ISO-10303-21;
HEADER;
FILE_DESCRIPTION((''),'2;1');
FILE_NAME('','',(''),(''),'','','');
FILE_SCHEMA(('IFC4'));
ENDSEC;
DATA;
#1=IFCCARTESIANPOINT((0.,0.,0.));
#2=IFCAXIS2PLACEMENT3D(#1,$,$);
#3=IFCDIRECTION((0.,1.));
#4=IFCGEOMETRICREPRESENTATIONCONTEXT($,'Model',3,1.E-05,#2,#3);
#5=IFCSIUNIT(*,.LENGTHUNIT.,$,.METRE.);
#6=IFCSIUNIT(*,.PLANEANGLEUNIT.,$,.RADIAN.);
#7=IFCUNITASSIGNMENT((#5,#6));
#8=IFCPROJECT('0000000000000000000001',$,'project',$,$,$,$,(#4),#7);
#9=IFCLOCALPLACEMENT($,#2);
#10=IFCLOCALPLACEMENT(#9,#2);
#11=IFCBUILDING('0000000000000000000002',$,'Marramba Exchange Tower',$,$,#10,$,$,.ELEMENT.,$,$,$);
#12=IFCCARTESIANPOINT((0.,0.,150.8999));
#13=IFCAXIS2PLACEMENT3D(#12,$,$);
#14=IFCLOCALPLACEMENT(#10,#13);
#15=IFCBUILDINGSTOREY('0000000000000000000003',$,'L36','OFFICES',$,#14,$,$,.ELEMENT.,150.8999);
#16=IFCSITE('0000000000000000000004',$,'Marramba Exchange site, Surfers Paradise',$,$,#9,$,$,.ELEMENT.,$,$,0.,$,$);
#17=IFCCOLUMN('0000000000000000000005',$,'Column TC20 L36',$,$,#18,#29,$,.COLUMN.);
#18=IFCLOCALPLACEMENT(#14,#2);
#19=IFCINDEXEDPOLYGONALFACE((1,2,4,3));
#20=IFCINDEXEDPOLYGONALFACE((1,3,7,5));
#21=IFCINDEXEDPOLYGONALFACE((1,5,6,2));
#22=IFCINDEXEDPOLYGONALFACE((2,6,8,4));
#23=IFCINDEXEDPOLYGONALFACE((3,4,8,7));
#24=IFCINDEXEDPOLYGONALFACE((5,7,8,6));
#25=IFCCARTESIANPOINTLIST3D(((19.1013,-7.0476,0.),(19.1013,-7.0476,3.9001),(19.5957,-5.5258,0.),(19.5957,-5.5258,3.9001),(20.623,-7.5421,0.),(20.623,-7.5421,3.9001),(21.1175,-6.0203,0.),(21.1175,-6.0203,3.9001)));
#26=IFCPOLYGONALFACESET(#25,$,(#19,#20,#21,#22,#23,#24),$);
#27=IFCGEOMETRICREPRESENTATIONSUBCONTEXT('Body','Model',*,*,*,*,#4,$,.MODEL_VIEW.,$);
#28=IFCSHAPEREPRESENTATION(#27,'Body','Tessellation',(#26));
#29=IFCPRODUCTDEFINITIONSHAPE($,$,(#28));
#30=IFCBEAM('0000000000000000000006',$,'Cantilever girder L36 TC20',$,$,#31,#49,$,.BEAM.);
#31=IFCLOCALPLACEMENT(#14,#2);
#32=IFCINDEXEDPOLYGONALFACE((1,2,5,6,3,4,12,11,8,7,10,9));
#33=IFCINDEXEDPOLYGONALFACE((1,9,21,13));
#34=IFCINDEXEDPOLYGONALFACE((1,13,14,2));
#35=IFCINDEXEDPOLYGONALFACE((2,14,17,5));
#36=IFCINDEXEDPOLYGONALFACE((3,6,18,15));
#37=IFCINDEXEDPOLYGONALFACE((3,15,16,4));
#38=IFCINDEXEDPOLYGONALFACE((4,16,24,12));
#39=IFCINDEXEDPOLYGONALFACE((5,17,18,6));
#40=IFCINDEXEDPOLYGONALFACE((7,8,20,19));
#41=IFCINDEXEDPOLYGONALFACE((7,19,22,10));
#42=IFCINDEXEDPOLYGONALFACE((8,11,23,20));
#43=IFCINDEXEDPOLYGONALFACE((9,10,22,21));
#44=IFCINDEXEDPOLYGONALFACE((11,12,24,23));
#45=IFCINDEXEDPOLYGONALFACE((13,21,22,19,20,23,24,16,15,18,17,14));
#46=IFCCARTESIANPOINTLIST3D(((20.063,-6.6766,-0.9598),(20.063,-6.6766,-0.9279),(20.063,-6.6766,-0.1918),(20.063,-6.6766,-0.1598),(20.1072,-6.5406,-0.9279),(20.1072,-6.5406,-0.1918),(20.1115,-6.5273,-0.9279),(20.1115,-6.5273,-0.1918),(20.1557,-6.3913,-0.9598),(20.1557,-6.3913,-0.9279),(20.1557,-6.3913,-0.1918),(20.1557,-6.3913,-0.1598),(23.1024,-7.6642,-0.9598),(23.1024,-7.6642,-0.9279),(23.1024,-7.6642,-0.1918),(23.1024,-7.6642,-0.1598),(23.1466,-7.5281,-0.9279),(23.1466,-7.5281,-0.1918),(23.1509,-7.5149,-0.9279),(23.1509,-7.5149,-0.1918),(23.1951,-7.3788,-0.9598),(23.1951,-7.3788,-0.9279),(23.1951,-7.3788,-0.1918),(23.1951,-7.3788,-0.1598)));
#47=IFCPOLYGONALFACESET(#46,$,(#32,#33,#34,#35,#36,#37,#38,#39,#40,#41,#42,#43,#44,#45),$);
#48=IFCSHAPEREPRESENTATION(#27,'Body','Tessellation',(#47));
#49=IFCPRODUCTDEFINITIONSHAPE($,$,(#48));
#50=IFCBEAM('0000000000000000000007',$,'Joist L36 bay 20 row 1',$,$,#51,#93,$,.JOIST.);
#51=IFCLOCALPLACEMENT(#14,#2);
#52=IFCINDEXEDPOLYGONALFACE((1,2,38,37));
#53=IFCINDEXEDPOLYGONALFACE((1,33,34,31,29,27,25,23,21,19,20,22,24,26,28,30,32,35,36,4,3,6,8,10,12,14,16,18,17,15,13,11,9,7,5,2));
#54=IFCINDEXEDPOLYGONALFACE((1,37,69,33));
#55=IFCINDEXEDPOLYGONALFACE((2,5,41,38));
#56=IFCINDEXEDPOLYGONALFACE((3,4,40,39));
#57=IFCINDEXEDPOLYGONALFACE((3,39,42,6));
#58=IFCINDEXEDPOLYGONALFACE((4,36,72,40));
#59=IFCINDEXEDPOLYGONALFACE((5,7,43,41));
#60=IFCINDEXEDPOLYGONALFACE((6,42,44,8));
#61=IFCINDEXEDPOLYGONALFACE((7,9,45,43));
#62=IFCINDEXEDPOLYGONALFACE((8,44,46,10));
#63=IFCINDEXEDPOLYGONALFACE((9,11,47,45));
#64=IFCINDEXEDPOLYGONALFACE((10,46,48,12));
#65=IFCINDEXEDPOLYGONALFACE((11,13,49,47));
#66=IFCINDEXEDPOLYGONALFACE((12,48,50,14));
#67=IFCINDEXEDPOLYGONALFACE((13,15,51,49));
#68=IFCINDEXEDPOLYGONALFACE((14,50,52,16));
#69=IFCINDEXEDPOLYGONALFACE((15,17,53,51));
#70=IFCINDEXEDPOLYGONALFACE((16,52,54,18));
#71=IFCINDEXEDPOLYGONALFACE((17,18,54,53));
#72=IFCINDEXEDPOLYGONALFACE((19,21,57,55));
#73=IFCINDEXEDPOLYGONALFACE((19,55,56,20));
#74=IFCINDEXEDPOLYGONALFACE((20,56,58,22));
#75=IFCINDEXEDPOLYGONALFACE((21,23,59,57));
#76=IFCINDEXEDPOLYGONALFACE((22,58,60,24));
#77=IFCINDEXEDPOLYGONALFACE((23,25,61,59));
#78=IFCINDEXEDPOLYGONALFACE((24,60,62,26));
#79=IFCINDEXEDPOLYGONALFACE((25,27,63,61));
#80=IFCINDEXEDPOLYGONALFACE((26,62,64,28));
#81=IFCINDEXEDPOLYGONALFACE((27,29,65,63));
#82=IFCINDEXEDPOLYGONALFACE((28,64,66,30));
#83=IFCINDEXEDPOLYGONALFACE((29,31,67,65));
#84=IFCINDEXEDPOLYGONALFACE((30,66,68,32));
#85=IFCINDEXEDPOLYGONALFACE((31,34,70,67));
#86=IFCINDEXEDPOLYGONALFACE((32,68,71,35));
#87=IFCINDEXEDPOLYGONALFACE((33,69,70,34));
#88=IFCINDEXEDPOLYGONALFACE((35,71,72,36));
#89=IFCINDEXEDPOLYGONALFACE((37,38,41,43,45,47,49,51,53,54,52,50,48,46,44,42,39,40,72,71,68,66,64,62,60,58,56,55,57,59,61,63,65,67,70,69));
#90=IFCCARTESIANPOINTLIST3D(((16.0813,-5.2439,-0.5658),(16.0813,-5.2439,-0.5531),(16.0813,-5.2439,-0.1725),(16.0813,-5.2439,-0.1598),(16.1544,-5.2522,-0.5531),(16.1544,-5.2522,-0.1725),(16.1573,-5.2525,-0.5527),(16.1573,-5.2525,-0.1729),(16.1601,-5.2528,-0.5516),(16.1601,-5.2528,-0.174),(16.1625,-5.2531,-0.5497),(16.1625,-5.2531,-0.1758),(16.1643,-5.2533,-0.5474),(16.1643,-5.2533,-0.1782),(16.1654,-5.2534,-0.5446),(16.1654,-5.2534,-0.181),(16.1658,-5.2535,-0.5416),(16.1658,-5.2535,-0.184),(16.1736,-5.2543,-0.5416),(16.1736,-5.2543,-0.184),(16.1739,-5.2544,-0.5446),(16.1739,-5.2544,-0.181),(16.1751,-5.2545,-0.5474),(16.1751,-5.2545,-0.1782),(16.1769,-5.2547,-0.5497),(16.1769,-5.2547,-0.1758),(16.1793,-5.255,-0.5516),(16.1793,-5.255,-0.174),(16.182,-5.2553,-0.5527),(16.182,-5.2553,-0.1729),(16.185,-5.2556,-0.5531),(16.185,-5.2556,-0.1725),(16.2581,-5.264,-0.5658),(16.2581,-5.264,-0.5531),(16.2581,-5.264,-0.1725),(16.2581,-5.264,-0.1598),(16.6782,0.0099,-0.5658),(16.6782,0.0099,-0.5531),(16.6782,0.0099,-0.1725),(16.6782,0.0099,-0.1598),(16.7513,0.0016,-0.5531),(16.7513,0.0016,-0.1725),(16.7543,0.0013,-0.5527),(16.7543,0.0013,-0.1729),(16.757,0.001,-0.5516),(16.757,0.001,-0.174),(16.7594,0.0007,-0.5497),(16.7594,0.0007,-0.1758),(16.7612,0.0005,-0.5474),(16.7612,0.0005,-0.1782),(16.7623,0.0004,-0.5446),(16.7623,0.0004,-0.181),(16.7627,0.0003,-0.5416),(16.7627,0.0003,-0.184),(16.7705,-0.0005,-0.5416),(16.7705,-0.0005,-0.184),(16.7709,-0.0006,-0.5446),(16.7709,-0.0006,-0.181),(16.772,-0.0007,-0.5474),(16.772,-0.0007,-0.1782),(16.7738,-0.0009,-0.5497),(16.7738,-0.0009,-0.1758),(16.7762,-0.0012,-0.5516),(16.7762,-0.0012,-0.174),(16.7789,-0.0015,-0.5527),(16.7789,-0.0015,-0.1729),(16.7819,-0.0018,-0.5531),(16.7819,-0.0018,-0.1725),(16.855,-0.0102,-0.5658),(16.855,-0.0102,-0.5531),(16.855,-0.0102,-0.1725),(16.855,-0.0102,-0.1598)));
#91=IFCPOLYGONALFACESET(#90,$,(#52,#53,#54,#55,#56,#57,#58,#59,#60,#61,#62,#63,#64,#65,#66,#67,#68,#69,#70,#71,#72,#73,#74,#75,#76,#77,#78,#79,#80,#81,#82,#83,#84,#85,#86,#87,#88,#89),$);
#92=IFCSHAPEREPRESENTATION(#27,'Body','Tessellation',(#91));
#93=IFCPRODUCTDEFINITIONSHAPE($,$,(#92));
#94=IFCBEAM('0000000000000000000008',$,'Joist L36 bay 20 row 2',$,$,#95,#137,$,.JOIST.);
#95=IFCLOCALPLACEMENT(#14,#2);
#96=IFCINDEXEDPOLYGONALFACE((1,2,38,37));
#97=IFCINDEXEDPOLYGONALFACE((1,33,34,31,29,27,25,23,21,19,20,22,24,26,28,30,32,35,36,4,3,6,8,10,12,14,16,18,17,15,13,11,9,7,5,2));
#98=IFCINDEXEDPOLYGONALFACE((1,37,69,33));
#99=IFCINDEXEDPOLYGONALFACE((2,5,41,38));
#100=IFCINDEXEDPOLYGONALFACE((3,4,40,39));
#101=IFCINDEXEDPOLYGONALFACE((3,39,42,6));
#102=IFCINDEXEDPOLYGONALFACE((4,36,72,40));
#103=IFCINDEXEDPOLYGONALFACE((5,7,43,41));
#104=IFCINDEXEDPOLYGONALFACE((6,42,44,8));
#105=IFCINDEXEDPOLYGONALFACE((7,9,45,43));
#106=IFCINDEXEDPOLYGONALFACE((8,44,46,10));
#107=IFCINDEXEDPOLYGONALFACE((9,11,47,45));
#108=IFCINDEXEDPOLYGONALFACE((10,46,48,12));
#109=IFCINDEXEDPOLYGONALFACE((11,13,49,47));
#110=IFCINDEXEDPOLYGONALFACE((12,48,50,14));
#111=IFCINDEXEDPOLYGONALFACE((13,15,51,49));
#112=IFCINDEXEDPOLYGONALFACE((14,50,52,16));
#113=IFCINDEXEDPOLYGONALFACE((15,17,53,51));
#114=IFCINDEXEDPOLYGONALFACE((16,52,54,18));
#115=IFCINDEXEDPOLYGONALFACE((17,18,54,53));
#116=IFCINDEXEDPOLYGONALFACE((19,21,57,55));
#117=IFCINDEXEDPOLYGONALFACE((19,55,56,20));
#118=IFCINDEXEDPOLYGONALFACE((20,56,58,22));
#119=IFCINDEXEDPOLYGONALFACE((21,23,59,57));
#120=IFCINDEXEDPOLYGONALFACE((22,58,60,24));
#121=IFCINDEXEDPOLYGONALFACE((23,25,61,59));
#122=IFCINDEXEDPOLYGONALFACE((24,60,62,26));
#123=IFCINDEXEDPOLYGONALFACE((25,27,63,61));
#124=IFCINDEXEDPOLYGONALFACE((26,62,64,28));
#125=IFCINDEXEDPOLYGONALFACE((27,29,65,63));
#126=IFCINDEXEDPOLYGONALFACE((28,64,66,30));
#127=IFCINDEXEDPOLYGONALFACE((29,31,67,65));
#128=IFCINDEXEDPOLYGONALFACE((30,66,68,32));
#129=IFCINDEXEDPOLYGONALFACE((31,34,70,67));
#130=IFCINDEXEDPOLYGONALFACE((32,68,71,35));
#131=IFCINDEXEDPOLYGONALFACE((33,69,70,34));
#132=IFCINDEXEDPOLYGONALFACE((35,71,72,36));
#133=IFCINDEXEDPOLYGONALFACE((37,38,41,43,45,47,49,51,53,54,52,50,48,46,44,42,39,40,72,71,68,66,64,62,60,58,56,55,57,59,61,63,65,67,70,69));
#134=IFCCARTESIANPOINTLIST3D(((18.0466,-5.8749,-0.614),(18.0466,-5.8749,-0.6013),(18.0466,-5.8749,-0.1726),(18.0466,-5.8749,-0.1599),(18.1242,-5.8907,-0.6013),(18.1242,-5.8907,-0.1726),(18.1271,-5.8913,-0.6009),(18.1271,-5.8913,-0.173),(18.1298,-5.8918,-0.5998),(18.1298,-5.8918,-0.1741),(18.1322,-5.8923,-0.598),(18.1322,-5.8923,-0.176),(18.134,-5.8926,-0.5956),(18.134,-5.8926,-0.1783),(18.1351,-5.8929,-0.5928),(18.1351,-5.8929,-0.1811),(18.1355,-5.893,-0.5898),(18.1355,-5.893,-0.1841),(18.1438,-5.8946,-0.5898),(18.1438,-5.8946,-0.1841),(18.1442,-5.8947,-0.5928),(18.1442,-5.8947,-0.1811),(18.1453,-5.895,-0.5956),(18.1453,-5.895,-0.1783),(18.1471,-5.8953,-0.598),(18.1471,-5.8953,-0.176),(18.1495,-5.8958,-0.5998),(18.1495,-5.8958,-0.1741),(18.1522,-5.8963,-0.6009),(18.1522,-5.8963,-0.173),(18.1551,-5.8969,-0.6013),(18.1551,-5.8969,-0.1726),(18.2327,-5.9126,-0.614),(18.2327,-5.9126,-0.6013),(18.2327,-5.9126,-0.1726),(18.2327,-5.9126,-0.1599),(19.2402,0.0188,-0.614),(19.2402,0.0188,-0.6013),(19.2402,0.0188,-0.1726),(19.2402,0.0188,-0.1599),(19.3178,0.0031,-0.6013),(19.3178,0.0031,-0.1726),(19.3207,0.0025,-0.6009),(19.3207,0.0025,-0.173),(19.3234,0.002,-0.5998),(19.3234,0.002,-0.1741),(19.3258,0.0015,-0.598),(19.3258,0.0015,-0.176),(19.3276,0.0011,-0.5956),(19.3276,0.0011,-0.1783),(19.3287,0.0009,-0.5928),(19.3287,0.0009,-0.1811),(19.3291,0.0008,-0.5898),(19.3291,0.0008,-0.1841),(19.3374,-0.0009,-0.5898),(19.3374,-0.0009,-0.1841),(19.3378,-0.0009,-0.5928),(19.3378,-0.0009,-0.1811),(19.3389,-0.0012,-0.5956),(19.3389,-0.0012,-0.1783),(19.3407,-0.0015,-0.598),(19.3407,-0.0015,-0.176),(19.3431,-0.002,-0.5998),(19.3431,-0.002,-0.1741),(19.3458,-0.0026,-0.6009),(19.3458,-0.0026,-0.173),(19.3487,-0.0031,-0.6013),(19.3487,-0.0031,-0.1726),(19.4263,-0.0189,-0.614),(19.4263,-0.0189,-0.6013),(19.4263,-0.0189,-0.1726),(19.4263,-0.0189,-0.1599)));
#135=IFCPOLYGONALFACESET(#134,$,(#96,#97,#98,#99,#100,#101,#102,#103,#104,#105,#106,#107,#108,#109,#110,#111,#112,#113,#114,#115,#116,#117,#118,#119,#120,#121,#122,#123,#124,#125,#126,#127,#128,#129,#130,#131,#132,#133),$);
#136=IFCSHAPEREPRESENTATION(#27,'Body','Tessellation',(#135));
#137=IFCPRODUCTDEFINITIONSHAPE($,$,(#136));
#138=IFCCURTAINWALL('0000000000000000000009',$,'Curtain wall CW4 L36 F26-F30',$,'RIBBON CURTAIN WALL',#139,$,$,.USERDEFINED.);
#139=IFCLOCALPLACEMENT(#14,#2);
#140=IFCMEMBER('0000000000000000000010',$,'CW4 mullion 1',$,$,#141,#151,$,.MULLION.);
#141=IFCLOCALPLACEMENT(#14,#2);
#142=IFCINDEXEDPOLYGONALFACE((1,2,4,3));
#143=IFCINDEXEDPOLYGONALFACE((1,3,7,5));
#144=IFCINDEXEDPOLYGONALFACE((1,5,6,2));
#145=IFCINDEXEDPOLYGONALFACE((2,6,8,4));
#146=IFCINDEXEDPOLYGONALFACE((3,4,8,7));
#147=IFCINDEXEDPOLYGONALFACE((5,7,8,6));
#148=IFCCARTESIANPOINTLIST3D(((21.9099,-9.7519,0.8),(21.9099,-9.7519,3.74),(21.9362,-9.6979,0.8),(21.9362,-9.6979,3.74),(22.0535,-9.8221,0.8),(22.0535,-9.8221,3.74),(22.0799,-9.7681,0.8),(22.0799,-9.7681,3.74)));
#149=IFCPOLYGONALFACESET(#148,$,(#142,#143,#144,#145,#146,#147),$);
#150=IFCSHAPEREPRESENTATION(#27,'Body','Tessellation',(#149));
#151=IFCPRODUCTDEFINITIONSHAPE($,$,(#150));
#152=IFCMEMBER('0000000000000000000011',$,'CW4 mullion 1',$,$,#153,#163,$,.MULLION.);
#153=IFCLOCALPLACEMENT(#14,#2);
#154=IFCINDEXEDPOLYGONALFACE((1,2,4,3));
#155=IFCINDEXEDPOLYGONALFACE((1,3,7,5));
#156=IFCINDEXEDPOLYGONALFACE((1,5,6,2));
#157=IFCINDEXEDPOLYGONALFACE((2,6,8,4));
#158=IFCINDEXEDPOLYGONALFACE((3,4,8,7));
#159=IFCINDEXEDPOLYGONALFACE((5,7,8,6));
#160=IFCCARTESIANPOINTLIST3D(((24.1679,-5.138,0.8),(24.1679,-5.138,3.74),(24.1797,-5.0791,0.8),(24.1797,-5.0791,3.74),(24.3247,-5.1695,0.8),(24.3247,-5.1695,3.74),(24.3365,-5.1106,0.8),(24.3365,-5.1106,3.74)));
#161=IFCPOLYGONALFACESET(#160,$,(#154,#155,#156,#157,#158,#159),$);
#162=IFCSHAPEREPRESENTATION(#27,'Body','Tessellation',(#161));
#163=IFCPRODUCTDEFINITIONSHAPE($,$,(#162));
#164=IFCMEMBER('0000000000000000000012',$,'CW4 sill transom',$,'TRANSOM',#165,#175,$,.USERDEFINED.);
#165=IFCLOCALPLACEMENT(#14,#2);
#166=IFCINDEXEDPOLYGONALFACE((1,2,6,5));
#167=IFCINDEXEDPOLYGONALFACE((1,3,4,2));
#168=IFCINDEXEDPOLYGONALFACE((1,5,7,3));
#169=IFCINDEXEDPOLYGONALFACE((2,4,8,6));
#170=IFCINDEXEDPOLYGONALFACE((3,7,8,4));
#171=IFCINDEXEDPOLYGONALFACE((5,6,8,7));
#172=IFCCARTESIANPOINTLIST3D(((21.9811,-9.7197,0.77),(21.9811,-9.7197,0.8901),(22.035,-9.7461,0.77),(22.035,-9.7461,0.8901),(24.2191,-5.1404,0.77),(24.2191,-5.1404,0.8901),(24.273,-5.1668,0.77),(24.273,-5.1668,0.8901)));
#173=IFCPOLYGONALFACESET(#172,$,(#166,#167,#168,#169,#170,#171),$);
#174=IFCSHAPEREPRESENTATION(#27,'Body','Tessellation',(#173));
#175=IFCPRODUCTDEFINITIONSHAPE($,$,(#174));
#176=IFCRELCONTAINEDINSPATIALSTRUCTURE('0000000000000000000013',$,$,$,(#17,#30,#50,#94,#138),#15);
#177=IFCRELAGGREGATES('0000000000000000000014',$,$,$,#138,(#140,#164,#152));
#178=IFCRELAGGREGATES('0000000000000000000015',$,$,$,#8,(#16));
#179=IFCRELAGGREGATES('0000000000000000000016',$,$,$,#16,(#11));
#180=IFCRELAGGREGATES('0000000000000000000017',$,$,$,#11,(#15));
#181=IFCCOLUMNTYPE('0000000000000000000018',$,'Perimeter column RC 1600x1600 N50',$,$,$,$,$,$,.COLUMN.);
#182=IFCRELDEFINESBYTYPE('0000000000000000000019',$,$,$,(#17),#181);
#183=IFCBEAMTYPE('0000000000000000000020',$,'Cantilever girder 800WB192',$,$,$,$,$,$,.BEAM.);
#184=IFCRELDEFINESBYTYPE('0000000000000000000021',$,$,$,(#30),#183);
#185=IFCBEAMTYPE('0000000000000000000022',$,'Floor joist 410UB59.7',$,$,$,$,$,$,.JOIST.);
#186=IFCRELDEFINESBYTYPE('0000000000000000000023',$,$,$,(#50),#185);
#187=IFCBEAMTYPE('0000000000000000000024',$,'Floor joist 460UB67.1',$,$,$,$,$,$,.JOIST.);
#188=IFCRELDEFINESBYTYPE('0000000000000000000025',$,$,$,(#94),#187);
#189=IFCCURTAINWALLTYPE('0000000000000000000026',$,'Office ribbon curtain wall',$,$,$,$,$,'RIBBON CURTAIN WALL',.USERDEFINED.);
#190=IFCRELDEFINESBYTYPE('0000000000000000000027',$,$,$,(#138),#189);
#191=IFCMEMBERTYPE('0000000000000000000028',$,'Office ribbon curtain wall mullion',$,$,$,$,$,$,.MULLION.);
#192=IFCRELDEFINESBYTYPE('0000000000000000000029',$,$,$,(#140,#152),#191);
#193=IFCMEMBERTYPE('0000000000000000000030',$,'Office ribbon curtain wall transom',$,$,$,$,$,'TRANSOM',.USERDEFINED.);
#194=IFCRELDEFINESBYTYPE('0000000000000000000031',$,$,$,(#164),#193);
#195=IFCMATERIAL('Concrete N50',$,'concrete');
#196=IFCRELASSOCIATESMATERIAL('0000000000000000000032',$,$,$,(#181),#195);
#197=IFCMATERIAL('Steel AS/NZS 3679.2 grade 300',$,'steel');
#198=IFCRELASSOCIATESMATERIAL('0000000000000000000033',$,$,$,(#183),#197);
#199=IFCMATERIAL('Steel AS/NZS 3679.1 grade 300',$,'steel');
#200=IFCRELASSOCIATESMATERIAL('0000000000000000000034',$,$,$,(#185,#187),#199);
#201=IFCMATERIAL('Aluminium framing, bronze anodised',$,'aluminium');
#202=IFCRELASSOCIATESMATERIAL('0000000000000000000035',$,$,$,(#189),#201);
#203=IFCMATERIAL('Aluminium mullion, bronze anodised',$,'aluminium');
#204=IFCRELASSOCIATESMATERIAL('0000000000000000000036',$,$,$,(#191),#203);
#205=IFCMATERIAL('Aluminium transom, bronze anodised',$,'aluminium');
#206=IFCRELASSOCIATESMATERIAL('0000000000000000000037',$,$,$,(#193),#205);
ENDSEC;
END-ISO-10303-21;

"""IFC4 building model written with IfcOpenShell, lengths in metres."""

from ifc_helpers import new_model, si_unit, direction, frame, origin, origin_2d, place, context, subcontext, project, spatial, rectangle, i_section, extrude, material, material_profile, profile_set, type_object, element, aggregate, save


model = new_model("IFC4")

# Units and contexts
model_context = context("Model", 3, precision=1e-05, world=origin(), true_north=direction((0.0, 1.0)))
body_context = subcontext(model_context, "Body", "Model", "MODEL_VIEW")
ifc_project = project(units=[si_unit("LENGTHUNIT", "METRE"), si_unit("PLANEANGLEUNIT", "RADIAN")], contexts=[model_context])

# Site, building, storey
site_placement = place(None, origin())
site = spatial("IfcSite", under=ifc_project, at=site_placement, Name="Marramba Exchange site, Surfers Paradise", CompositionType="ELEMENT", RefElevation=0.0)
building_placement = place(site_placement, origin())
building = spatial("IfcBuilding", under=site, at=building_placement, Name="Marramba Exchange Tower", CompositionType="ELEMENT")
storey_placement = place(building_placement, frame((0.0, 0.0, 150.8999)))
storey = spatial("IfcBuildingStorey", under=building, at=storey_placement, Name="L36", Description="OFFICES", CompositionType="ELEMENT", Elevation=150.8999)

# Column
ifc_material_1 = material(Name="Concrete N50", Category="concrete")
ifc_material_profile_1 = material_profile(ifc_material_1, rectangle(XDim=1.6001, YDim=1.6001, at=origin_2d()), Name="RC 1600x1600")
ifc_profile_set_1 = profile_set([ifc_material_profile_1], Name="Concrete N50")
column_type = type_object("IfcColumnType", Name="Perimeter column RC 1600x1600 N50", PredefinedType="COLUMN", material=ifc_profile_set_1)
column_placement = place(storey_placement, frame((20.1094, -6.5339, 0.0), z_axis=(0.0, 0.0, 1.0), x_axis=(0.951057, -0.309017, 0.0)))
element("IfcColumn", 1, at=column_placement, inside=storey, type_object=column_type, Name="Column TC20 L36", PredefinedType="COLUMN", context=body_context, shape_type="SweptSolid", body=[
    extrude(rectangle(XDim=1.6001, YDim=1.6001, at=origin_2d()), origin(), (0.0, 0.0, 1.0), 3.9001),
])

# Beams
ifc_material_2 = material(Name="Steel AS/NZS 3679.2 grade 300", Category="steel")
ifc_material_profile_2 = material_profile(ifc_material_2, i_section(OverallWidth=0.3, OverallDepth=0.8, WebThickness=0.0139, FlangeThickness=0.032, at=origin_2d()), Name="800WB192")
ifc_profile_set_2 = profile_set([ifc_material_profile_2], Name="Steel AS/NZS 3679.2 grade 300")
beam_type_1 = type_object("IfcBeamType", Name="Cantilever girder 800WB192", PredefinedType="BEAM", material=ifc_profile_set_2)
beam_1_placement = place(storey_placement, frame((20.1094, -6.5339, -0.5598), z_axis=(0.951055, -0.309022, 0.0), x_axis=(0.309022, 0.951055, 0.0)))
element("IfcBeam", 2, at=beam_1_placement, inside=storey, type_object=beam_type_1, Name="Cantilever girder L36 TC20", PredefinedType="BEAM", context=body_context, shape_type="SweptSolid", body=[
    extrude(i_section(OverallWidth=0.3, OverallDepth=0.8, WebThickness=0.0139, FlangeThickness=0.032, at=origin_2d()), origin(), (0.0, 0.0, 1.0), 3.1958),
])
ifc_material_3 = material(Name="Steel AS/NZS 3679.1 grade 300", Category="steel")
ifc_material_profile_3 = material_profile(ifc_material_3, i_section(OverallWidth=0.178, OverallDepth=0.406, WebThickness=0.0078, FlangeThickness=0.0127, FilletRadius=0.0115, at=origin_2d()), Name="410UB59.7")
ifc_profile_set_3 = profile_set([ifc_material_profile_3], Name="Steel AS/NZS 3679.1 grade 300")
beam_type_2 = type_object("IfcBeamType", Name="Floor joist 410UB59.7", PredefinedType="JOIST", material=ifc_profile_set_3)
beam_2_placement = place(storey_placement, frame((16.1697, -5.2539, -0.3628), z_axis=(0.112889, 0.993608, 0.0), x_axis=(-0.993608, 0.112889, 0.0)))
element("IfcBeam", 3, at=beam_2_placement, inside=storey, type_object=beam_type_2, Name="Joist L36 bay 20 row 1", PredefinedType="JOIST", context=body_context, shape_type="SweptSolid", body=[
    extrude(i_section(OverallWidth=0.178, OverallDepth=0.406, WebThickness=0.0078, FlangeThickness=0.0127, FilletRadius=0.0115, at=origin_2d()), origin(), (0.0, 0.0, 1.0), 5.2876),
])
ifc_material_profile_4 = material_profile(ifc_material_3, i_section(OverallWidth=0.1899, OverallDepth=0.4541, WebThickness=0.0085, FlangeThickness=0.0127, FilletRadius=0.0115, at=origin_2d()), Name="460UB67.1")
ifc_profile_set_4 = profile_set([ifc_material_profile_4], Name="Steel AS/NZS 3679.1 grade 300")
beam_type_3 = type_object("IfcBeamType", Name="Floor joist 460UB67.1", PredefinedType="JOIST", material=ifc_profile_set_4)
beam_3_placement = place(storey_placement, frame((18.1396, -5.8938, -0.387), z_axis=(0.198489, 0.980103, 0.0), x_axis=(-0.980103, 0.198489, 0.0)))
element("IfcBeam", 4, at=beam_3_placement, inside=storey, type_object=beam_type_3, Name="Joist L36 bay 20 row 2", PredefinedType="JOIST", context=body_context, shape_type="SweptSolid", body=[
    extrude(i_section(OverallWidth=0.1899, OverallDepth=0.4541, WebThickness=0.0085, FlangeThickness=0.0127, FilletRadius=0.0115, at=origin_2d()), origin(), (0.0, 0.0, 1.0), 6.0134),
])

# Curtain wall, members
ifc_material_4 = material(Name="Aluminium framing, bronze anodised", Category="aluminium")
curtain_wall_type = type_object("IfcCurtainWallType", Name="Office ribbon curtain wall", ElementType="RIBBON CURTAIN WALL", PredefinedType="USERDEFINED", material=ifc_material_4)
curtain_wall_placement = place(storey_placement, origin())
curtain_wall = element("IfcCurtainWall", 5, at=curtain_wall_placement, inside=storey, type_object=curtain_wall_type, Name="Curtain wall CW4 L36 F26-F30", ObjectType="RIBBON CURTAIN WALL", PredefinedType="USERDEFINED")
ifc_material_5 = material(Name="Aluminium mullion, bronze anodised", Category="aluminium")
ifc_material_profile_5 = material_profile(ifc_material_5, rectangle(XDim=0.1599, YDim=0.0601, at=origin_2d()), Name="CW4 mullion 60x160")
ifc_profile_set_5 = profile_set([ifc_material_profile_5], Name="Aluminium mullion, bronze anodised")
member_type_1 = type_object("IfcMemberType", Name="Office ribbon curtain wall mullion", PredefinedType="MULLION", material=ifc_profile_set_5)
member_1_placement = place(storey_placement, frame((21.9949, -9.76, 0.8), z_axis=(0.0, 0.0, 1.0), x_axis=(-0.898445, 0.439086, 0.0)))
member_1 = element("IfcMember", 6, at=member_1_placement, type_object=member_type_1, Name="CW4 mullion 1", PredefinedType="MULLION", context=body_context, shape_type="SweptSolid", body=[
    extrude(rectangle(XDim=0.1599, YDim=0.0601, at=origin_2d()), origin(), (0.0, 0.0, 1.0), 2.9399),
])
member_2_placement = place(storey_placement, frame((24.2522, -5.1243, 0.8), z_axis=(0.0, 0.0, 1.0), x_axis=(-0.980394, 0.197049, 0.0)))
member_2 = element("IfcMember", 7, at=member_2_placement, type_object=member_type_1, Name="CW4 mullion 1", PredefinedType="MULLION", context=body_context, shape_type="SweptSolid", body=[
    extrude(rectangle(XDim=0.1599, YDim=0.0601, at=origin_2d()), origin(), (0.0, 0.0, 1.0), 2.9399),
])
ifc_material_6 = material(Name="Aluminium transom, bronze anodised", Category="aluminium")
ifc_material_profile_6 = material_profile(ifc_material_6, rectangle(XDim=0.0601, YDim=0.1201, at=origin_2d()), Name="CW4 transom 60x120")
ifc_profile_set_6 = profile_set([ifc_material_profile_6], Name="Aluminium transom, bronze anodised")
member_type_2 = type_object("IfcMemberType", Name="Office ribbon curtain wall transom", ElementType="TRANSOM", PredefinedType="USERDEFINED", material=ifc_profile_set_6)
member_3_placement = place(storey_placement, frame((22.0081, -9.7329, 0.8301), z_axis=(0.439091, 0.898443, 0.0), x_axis=(-0.898443, 0.439091, 0.0)))
member_3 = element("IfcMember", 8, at=member_3_placement, type_object=member_type_2, Name="CW4 sill transom", ObjectType="TRANSOM", PredefinedType="USERDEFINED", context=body_context, shape_type="SweptSolid", body=[
    extrude(rectangle(XDim=0.0601, YDim=0.1201, at=origin_2d()), origin(), (0.0, 0.0, 1.0), 5.0969),
])

aggregate(curtain_wall, [member_1, member_3, member_2])

save(model, "model.ifc")
